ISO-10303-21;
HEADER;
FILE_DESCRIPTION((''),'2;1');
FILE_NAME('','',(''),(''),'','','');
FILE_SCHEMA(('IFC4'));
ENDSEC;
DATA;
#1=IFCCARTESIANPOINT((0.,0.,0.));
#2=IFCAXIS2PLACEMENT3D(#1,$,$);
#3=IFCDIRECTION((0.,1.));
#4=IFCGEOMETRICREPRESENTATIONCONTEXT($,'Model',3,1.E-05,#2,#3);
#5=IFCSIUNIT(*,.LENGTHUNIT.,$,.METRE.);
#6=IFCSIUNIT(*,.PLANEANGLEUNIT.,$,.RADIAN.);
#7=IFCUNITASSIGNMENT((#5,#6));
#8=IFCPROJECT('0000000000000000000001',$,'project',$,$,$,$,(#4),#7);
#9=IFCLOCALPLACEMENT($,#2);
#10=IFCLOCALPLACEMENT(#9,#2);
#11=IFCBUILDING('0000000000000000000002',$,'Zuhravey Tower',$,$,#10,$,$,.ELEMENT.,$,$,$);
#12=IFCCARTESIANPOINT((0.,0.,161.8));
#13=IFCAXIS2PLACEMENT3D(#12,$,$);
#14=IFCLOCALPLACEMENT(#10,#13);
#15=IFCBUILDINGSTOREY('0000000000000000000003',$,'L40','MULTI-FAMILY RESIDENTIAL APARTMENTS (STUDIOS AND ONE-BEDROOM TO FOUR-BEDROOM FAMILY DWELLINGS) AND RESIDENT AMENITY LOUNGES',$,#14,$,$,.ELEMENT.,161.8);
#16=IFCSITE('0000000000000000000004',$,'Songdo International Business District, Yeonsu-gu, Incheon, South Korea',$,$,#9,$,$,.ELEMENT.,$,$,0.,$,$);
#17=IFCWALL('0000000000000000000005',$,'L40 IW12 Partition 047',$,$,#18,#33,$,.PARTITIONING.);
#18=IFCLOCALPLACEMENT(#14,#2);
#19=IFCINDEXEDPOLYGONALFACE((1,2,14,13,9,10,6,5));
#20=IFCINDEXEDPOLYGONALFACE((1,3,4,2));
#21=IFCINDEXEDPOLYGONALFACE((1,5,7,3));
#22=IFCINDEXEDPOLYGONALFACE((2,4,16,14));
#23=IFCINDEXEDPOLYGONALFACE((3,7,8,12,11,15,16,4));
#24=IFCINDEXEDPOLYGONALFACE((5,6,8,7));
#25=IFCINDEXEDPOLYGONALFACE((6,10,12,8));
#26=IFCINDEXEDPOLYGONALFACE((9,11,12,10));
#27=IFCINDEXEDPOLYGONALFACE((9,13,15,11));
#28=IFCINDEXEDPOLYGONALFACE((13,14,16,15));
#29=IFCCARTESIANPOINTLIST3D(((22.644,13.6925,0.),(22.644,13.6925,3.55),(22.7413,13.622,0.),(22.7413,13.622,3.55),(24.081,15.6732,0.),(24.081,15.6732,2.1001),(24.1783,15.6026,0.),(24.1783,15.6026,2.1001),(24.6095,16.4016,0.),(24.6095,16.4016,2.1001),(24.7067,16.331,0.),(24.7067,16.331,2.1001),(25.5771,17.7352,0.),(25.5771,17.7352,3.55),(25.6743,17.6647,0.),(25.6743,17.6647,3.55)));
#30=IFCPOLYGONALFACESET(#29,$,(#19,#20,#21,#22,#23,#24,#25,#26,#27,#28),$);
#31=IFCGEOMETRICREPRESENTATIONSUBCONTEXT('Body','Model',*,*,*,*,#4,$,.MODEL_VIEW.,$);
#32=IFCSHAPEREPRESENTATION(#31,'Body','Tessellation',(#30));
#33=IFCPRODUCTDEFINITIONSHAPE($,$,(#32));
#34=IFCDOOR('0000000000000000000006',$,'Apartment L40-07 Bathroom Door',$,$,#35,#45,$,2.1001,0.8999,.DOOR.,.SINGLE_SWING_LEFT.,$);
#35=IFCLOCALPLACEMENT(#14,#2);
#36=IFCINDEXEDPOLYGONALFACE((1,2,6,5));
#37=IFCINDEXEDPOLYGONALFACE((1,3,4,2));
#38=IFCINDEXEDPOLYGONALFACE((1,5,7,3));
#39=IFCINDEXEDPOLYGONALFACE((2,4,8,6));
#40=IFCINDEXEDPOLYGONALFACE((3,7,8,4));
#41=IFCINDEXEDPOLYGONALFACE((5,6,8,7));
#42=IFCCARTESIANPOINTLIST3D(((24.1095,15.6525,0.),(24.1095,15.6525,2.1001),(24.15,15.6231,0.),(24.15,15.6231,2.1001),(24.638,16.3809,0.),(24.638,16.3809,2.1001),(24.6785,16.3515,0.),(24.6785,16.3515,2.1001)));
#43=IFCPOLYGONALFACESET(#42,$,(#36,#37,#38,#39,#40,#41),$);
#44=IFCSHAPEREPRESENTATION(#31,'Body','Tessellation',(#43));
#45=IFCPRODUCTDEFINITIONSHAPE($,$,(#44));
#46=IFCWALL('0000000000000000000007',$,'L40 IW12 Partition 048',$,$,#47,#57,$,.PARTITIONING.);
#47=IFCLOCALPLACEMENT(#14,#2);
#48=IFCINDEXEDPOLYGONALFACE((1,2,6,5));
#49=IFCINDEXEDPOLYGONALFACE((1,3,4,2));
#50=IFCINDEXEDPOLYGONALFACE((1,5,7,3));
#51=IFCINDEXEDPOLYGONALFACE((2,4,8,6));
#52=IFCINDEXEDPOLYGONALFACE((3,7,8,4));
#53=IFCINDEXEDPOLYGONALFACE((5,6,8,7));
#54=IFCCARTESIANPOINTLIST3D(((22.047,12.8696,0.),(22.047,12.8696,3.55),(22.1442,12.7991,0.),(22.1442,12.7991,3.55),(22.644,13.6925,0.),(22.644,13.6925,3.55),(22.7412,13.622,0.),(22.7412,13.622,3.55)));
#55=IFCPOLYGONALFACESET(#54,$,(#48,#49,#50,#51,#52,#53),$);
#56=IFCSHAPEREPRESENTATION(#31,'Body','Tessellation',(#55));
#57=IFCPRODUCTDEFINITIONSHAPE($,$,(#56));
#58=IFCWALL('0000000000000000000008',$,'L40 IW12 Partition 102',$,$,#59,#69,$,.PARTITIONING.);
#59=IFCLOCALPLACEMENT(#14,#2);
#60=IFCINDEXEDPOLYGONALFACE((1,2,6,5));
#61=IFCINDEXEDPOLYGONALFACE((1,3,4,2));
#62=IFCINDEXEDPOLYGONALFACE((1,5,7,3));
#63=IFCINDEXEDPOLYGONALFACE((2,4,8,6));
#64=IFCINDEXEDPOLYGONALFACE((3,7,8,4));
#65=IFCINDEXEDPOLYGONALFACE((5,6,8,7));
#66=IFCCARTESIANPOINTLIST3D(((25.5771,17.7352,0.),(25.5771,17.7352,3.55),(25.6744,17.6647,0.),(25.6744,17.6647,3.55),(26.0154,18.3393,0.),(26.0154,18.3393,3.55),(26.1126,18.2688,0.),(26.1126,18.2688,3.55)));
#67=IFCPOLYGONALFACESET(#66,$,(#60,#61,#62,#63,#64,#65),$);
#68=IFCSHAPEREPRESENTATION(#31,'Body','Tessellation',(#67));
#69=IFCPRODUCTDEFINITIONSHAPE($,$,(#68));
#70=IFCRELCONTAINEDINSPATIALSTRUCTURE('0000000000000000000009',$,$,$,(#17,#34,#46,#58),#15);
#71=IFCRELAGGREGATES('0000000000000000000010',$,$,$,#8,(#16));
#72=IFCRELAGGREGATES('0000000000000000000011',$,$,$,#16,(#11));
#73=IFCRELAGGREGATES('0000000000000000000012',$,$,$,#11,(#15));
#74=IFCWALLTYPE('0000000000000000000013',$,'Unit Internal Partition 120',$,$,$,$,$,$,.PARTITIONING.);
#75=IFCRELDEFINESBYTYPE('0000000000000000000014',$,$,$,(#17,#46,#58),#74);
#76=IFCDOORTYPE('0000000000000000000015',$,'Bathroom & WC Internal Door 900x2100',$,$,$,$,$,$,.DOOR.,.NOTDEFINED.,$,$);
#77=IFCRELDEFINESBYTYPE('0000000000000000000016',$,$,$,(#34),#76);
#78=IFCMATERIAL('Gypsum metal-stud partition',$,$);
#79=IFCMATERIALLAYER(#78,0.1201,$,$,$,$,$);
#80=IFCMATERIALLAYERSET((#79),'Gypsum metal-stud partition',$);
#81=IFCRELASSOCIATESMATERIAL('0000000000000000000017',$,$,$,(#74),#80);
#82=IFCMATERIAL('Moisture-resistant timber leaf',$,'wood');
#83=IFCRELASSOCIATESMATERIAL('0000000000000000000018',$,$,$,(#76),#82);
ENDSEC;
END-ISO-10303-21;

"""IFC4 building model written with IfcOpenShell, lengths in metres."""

from ifc_helpers import new_model, si_unit, direction, frame, frame_2d, origin, place, context, subcontext, project, spatial, rectangle, extrude, material, layer, layer_set, type_object, element, fill, save


model = new_model("IFC4")

# Units and contexts
model_context = context("Model", 3, precision=1e-05, world=origin(), true_north=direction((0.0, 1.0)))
body_context = subcontext(model_context, "Body", "Model", "MODEL_VIEW")
ifc_project = project(units=[si_unit("LENGTHUNIT", "METRE"), si_unit("PLANEANGLEUNIT", "RADIAN")], contexts=[model_context])

# Site, building, storey
site_placement = place(None, origin())
site = spatial("IfcSite", under=ifc_project, at=site_placement, Name="Songdo International Business District, Yeonsu-gu, Incheon, South Korea", CompositionType="ELEMENT", RefElevation=0.0)
building_placement = place(site_placement, origin())
building = spatial("IfcBuilding", under=site, at=building_placement, Name="Zuhravey Tower", CompositionType="ELEMENT")
storey_placement = place(building_placement, frame((0.0, 0.0, 161.8)))
storey = spatial("IfcBuildingStorey", under=building, at=storey_placement, Name="L40", Description="MULTI-FAMILY RESIDENTIAL APARTMENTS (STUDIOS AND ONE-BEDROOM TO FOUR-BEDROOM FAMILY DWELLINGS) AND RESIDENT AMENITY LOUNGES", CompositionType="ELEMENT", Elevation=161.8)

# Wall, opening, door
ifc_material_1 = material(Name="Gypsum metal-stud partition")
ifc_layer_1 = layer(ifc_material_1, 0.1201)
ifc_layer_set_1 = layer_set([ifc_layer_1], Name="Gypsum metal-stud partition")
wall_type_1 = type_object("IfcWallType", Name="Unit Internal Partition 120", PredefinedType="PARTITIONING", material=ifc_layer_set_1)
wall_1_placement = place(storey_placement, frame((25.6257, 17.7, 0.0), z_axis=(0.0, 0.0, 1.0), x_axis=(-0.587247, -0.809408, 0.0)))
wall_1 = element("IfcWall", 1, at=wall_1_placement, inside=storey, type_object=wall_type_1, Name="L40 IW12 Partition 047", PredefinedType="PARTITIONING", context=body_context, shape_type="SweptSolid", body=[
    extrude(rectangle(XDim=4.9946, YDim=0.1201, at=frame_2d((2.4973, 0.0))), origin(), (0.0, 0.0, 1.0), 3.55),
])
opening_1_placement = place(wall_1_placement, frame((1.6477, 0.0, 0.0)))
opening_1 = element("IfcOpeningElement", 2, at=opening_1_placement, cuts=wall_1, PredefinedType="OPENING", context=body_context, shape_type="SweptSolid", body=[
    extrude(rectangle(XDim=0.8999, YDim=2.1001, at=frame_2d((0.45, 1.05))), frame((0.0, 0.072, 0.0), z_axis=(0.0, -1.0, 0.0), x_axis=(1.0, 0.0, 0.0)), (0.0, 0.0, 1.0), 0.144),
])
ifc_material_2 = material(Name="Moisture-resistant timber leaf", Category="wood")
door_type_1 = type_object("IfcDoorType", Name="Bathroom & WC Internal Door 900x2100", OperationType="NOTDEFINED", PredefinedType="DOOR", material=ifc_material_2)
door_1_placement = place(opening_1_placement, frame((0.8999, 0.0, 0.0), z_axis=(0.0, 0.0, 1.0), x_axis=(-1.0, 0.0, 0.0)))
door_1 = element("IfcDoor", 3, at=door_1_placement, inside=storey, type_object=door_type_1, Name="Apartment L40-07 Bathroom Door", OperationType="SINGLE_SWING_LEFT", OverallHeight=2.1001, OverallWidth=0.8999, PredefinedType="DOOR", context=body_context, shape_type="SweptSolid", body=[
    extrude(rectangle(XDim=0.8999, YDim=2.1001, at=frame_2d((0.45, 1.05))), frame((0.0, 0.0249, 0.0), z_axis=(0.0, -1.0, 0.0), x_axis=(1.0, 0.0, 0.0)), (0.0, 0.0, 1.0), 0.05),
])
fill(opening_1, door_1)

# Walls
wall_2_placement = place(storey_placement, frame((22.6926, 13.6572, 0.0), z_axis=(0.0, 0.0, 1.0), x_axis=(-0.587243, -0.809411, 0.0)))
element("IfcWall", 4, at=wall_2_placement, inside=storey, type_object=wall_type_1, Name="L40 IW12 Partition 048", PredefinedType="PARTITIONING", context=body_context, shape_type="SweptSolid", body=[
    extrude(rectangle(XDim=1.0166, YDim=0.1201, at=frame_2d((0.5083, 0.0))), origin(), (0.0, 0.0, 1.0), 3.55),
])
wall_3_placement = place(storey_placement, frame((26.064, 18.304, 0.0), z_axis=(0.0, 0.0, 1.0), x_axis=(-0.587257, -0.809401, 0.0)))
element("IfcWall", 5, at=wall_3_placement, inside=storey, type_object=wall_type_1, Name="L40 IW12 Partition 102", PredefinedType="PARTITIONING", context=body_context, shape_type="SweptSolid", body=[
    extrude(rectangle(XDim=0.7463, YDim=0.1201, at=frame_2d((0.373, 0.0))), origin(), (0.0, 0.0, 1.0), 3.55),
])

save(model, "model.ifc")
